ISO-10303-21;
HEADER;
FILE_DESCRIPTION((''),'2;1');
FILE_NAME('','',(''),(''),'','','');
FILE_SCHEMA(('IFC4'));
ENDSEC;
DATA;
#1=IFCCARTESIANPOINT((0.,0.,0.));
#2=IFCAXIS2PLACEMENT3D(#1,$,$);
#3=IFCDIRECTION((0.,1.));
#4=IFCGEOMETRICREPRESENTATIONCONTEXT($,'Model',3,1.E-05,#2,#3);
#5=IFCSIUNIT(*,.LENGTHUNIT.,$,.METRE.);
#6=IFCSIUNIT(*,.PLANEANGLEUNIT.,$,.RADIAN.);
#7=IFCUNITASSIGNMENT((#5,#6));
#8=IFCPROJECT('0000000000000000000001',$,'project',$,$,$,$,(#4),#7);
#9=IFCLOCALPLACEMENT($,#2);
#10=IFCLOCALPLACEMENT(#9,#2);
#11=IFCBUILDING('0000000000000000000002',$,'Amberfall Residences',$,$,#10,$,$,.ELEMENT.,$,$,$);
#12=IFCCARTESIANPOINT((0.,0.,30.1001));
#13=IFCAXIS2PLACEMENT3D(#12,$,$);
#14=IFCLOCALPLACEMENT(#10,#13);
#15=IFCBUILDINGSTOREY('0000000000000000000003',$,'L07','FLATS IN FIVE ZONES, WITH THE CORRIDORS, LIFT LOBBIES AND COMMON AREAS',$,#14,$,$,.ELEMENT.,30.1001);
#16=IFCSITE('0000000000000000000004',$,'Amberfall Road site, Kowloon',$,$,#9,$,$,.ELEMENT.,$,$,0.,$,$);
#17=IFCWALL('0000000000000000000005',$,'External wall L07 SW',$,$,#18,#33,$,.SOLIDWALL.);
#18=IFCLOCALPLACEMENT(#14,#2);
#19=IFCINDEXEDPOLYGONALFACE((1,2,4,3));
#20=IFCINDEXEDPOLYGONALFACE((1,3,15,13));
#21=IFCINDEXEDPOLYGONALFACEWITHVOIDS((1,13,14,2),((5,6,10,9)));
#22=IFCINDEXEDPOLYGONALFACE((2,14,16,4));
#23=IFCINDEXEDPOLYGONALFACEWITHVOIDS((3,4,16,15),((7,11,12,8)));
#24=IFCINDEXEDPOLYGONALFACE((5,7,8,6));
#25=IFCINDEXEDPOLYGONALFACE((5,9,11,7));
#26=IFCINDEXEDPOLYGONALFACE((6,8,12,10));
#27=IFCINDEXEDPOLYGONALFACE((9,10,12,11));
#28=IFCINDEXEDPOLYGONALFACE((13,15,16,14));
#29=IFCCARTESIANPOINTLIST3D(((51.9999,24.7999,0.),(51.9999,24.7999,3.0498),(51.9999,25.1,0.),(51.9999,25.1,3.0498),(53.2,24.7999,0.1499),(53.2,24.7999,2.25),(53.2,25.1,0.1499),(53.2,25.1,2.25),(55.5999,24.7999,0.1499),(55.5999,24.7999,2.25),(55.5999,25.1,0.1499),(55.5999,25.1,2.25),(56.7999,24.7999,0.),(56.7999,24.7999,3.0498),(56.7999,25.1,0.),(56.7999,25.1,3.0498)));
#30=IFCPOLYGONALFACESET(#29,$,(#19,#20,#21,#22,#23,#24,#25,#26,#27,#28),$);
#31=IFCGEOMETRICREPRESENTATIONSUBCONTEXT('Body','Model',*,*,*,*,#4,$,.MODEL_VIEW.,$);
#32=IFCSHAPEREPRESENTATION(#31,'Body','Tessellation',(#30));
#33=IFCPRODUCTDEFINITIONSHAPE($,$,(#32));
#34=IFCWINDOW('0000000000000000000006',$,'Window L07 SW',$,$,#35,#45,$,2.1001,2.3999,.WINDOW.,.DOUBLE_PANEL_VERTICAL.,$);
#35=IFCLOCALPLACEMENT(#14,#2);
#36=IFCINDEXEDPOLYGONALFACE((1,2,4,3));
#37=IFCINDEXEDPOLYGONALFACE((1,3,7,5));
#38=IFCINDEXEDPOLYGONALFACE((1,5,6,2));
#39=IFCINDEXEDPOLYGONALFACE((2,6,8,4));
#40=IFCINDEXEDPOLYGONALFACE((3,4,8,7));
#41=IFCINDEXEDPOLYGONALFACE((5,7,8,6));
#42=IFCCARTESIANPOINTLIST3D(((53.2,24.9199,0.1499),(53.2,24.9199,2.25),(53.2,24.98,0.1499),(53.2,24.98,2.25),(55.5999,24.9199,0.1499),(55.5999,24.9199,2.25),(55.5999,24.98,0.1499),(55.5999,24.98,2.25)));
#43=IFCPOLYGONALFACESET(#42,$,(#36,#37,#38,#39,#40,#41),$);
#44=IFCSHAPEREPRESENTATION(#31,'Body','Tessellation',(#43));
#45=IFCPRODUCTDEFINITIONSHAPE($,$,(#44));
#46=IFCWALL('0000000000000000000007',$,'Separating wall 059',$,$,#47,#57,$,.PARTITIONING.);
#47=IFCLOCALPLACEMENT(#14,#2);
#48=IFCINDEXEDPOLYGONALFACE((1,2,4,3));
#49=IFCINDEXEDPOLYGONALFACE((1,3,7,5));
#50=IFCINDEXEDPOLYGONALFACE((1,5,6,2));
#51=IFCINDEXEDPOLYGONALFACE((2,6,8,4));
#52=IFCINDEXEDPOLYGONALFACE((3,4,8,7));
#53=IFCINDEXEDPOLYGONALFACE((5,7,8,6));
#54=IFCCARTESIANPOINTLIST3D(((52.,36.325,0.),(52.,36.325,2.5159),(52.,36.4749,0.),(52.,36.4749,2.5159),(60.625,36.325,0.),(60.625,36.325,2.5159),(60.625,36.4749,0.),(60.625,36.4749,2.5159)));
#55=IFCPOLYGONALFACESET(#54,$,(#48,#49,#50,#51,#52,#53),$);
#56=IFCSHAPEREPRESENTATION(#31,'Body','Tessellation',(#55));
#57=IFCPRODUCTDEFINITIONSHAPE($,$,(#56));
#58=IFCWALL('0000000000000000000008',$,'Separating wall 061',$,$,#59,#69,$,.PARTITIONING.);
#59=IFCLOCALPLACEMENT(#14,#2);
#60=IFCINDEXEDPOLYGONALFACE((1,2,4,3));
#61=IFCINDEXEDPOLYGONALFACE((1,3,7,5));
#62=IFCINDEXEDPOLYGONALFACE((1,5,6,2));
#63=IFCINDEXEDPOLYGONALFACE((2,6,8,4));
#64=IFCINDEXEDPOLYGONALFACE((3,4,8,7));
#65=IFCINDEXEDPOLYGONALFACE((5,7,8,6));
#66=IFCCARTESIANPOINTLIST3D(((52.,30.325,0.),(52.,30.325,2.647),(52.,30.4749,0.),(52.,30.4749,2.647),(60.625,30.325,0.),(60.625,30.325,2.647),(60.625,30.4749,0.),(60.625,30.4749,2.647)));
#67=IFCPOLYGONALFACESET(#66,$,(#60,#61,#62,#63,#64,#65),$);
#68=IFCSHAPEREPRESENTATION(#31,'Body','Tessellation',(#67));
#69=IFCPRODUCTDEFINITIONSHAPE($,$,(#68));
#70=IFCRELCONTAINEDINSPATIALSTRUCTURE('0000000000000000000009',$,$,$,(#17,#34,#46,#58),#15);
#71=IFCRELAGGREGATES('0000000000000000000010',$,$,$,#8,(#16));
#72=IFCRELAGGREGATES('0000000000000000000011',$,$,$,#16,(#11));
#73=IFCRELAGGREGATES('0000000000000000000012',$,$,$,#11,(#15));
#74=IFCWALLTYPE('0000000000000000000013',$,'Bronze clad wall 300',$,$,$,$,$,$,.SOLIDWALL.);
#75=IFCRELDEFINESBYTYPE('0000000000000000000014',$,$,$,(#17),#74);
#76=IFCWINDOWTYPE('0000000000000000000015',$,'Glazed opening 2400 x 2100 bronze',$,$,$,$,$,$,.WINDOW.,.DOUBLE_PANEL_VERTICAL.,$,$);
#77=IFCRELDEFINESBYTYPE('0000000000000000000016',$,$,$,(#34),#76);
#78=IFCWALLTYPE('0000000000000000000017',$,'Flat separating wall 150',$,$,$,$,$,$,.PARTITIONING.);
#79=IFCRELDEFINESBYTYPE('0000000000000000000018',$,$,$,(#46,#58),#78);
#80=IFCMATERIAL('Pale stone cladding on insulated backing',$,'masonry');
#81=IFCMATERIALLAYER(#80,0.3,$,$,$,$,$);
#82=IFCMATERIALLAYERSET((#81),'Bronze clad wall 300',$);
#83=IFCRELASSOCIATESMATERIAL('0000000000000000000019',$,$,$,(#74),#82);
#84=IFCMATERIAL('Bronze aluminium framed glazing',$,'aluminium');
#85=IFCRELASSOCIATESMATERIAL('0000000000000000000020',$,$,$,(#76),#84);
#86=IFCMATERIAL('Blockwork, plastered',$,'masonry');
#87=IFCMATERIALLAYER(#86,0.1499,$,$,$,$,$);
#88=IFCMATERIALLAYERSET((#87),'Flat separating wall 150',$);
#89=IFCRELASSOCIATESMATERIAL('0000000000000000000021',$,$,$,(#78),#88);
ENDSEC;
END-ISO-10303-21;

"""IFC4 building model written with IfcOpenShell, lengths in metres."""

from ifc_helpers import new_model, si_unit, direction, frame, frame_2d, origin, place, context, subcontext, project, spatial, rectangle, extrude, material, layer, layer_set, type_object, element, fill, save


model = new_model("IFC4")

# Units and contexts
model_context = context("Model", 3, precision=1e-05, world=origin(), true_north=direction((0.0, 1.0)))
body_context = subcontext(model_context, "Body", "Model", "MODEL_VIEW")
ifc_project = project(units=[si_unit("LENGTHUNIT", "METRE"), si_unit("PLANEANGLEUNIT", "RADIAN")], contexts=[model_context])

# Site, building, storey
site_placement = place(None, origin())
site = spatial("IfcSite", under=ifc_project, at=site_placement, Name="Amberfall Road site, Kowloon", CompositionType="ELEMENT", RefElevation=0.0)
building_placement = place(site_placement, origin())
building = spatial("IfcBuilding", under=site, at=building_placement, Name="Amberfall Residences", CompositionType="ELEMENT")
storey_placement = place(building_placement, frame((0.0, 0.0, 30.1001)))
storey = spatial("IfcBuildingStorey", under=building, at=storey_placement, Name="L07", Description="FLATS IN FIVE ZONES, WITH THE CORRIDORS, LIFT LOBBIES AND COMMON AREAS", CompositionType="ELEMENT", Elevation=30.1001)

# Wall, opening, window
ifc_material_1 = material(Name="Pale stone cladding on insulated backing", Category="masonry")
ifc_layer_1 = layer(ifc_material_1, 0.3)
ifc_layer_set_1 = layer_set([ifc_layer_1], Name="Bronze clad wall 300")
wall_type_1 = type_object("IfcWallType", Name="Bronze clad wall 300", PredefinedType="SOLIDWALL", material=ifc_layer_set_1)
wall_1_placement = place(storey_placement, frame((52.0, 24.95, 0.0), z_axis=(0.0, 0.0, 1.0), x_axis=(1.0, 0.0, 0.0)))
wall_1 = element("IfcWall", 1, at=wall_1_placement, inside=storey, type_object=wall_type_1, Name="External wall L07 SW", PredefinedType="SOLIDWALL", context=body_context, shape_type="SweptSolid", body=[
    extrude(rectangle(XDim=4.8, YDim=0.3, at=frame_2d((2.3999, 0.0))), origin(), (0.0, 0.0, 1.0), 3.0498),
])
opening_placement = place(wall_1_placement, frame((1.2, 0.0, 0.1499)))
opening = element("IfcOpeningElement", 2, at=opening_placement, cuts=wall_1, PredefinedType="OPENING", context=body_context, shape_type="SweptSolid", body=[
    extrude(rectangle(XDim=2.3999, YDim=2.1001, at=frame_2d((1.2, 1.05))), frame((0.0, 0.1599, 0.0), z_axis=(0.0, -1.0, 0.0), x_axis=(1.0, 0.0, 0.0)), (0.0, 0.0, 1.0), 0.3201),
])
ifc_material_2 = material(Name="Bronze aluminium framed glazing", Category="aluminium")
window_type = type_object("IfcWindowType", Name="Glazed opening 2400 x 2100 bronze", PartitioningType="DOUBLE_PANEL_VERTICAL", PredefinedType="WINDOW", material=ifc_material_2)
window_placement = place(opening_placement, origin())
window = element("IfcWindow", 3, at=window_placement, inside=storey, type_object=window_type, Name="Window L07 SW", OverallHeight=2.1001, OverallWidth=2.3999, PartitioningType="DOUBLE_PANEL_VERTICAL", PredefinedType="WINDOW", context=body_context, shape_type="SweptSolid", body=[
    extrude(rectangle(XDim=2.3999, YDim=2.1001, at=frame_2d((1.2, 1.05))), frame((0.0, 0.03, 0.0), z_axis=(0.0, -1.0, 0.0), x_axis=(1.0, 0.0, 0.0)), (0.0, 0.0, 1.0), 0.0601),
])
fill(opening, window)

# Walls
ifc_material_3 = material(Name="Blockwork, plastered", Category="masonry")
ifc_layer_2 = layer(ifc_material_3, 0.1499)
ifc_layer_set_2 = layer_set([ifc_layer_2], Name="Flat separating wall 150")
wall_type_2 = type_object("IfcWallType", Name="Flat separating wall 150", PredefinedType="PARTITIONING", material=ifc_layer_set_2)
wall_2_placement = place(storey_placement, frame((52.0, 36.3999, 0.0), z_axis=(0.0, 0.0, 1.0), x_axis=(1.0, 0.0, 0.0)))
element("IfcWall", 4, at=wall_2_placement, inside=storey, type_object=wall_type_2, Name="Separating wall 059", PredefinedType="PARTITIONING", context=body_context, shape_type="SweptSolid", body=[
    extrude(rectangle(XDim=8.625, YDim=0.1499, at=frame_2d((4.3125, 0.0))), origin(), (0.0, 0.0, 1.0), 2.5159),
])
wall_3_placement = place(storey_placement, frame((52.0, 30.3999, 0.0), z_axis=(0.0, 0.0, 1.0), x_axis=(1.0, 0.0, 0.0)))
element("IfcWall", 5, at=wall_3_placement, inside=storey, type_object=wall_type_2, Name="Separating wall 061", PredefinedType="PARTITIONING", context=body_context, shape_type="SweptSolid", body=[
    extrude(rectangle(XDim=8.625, YDim=0.1499, at=frame_2d((4.3125, 0.0))), origin(), (0.0, 0.0, 1.0), 2.647),
])

save(model, "model.ifc")
